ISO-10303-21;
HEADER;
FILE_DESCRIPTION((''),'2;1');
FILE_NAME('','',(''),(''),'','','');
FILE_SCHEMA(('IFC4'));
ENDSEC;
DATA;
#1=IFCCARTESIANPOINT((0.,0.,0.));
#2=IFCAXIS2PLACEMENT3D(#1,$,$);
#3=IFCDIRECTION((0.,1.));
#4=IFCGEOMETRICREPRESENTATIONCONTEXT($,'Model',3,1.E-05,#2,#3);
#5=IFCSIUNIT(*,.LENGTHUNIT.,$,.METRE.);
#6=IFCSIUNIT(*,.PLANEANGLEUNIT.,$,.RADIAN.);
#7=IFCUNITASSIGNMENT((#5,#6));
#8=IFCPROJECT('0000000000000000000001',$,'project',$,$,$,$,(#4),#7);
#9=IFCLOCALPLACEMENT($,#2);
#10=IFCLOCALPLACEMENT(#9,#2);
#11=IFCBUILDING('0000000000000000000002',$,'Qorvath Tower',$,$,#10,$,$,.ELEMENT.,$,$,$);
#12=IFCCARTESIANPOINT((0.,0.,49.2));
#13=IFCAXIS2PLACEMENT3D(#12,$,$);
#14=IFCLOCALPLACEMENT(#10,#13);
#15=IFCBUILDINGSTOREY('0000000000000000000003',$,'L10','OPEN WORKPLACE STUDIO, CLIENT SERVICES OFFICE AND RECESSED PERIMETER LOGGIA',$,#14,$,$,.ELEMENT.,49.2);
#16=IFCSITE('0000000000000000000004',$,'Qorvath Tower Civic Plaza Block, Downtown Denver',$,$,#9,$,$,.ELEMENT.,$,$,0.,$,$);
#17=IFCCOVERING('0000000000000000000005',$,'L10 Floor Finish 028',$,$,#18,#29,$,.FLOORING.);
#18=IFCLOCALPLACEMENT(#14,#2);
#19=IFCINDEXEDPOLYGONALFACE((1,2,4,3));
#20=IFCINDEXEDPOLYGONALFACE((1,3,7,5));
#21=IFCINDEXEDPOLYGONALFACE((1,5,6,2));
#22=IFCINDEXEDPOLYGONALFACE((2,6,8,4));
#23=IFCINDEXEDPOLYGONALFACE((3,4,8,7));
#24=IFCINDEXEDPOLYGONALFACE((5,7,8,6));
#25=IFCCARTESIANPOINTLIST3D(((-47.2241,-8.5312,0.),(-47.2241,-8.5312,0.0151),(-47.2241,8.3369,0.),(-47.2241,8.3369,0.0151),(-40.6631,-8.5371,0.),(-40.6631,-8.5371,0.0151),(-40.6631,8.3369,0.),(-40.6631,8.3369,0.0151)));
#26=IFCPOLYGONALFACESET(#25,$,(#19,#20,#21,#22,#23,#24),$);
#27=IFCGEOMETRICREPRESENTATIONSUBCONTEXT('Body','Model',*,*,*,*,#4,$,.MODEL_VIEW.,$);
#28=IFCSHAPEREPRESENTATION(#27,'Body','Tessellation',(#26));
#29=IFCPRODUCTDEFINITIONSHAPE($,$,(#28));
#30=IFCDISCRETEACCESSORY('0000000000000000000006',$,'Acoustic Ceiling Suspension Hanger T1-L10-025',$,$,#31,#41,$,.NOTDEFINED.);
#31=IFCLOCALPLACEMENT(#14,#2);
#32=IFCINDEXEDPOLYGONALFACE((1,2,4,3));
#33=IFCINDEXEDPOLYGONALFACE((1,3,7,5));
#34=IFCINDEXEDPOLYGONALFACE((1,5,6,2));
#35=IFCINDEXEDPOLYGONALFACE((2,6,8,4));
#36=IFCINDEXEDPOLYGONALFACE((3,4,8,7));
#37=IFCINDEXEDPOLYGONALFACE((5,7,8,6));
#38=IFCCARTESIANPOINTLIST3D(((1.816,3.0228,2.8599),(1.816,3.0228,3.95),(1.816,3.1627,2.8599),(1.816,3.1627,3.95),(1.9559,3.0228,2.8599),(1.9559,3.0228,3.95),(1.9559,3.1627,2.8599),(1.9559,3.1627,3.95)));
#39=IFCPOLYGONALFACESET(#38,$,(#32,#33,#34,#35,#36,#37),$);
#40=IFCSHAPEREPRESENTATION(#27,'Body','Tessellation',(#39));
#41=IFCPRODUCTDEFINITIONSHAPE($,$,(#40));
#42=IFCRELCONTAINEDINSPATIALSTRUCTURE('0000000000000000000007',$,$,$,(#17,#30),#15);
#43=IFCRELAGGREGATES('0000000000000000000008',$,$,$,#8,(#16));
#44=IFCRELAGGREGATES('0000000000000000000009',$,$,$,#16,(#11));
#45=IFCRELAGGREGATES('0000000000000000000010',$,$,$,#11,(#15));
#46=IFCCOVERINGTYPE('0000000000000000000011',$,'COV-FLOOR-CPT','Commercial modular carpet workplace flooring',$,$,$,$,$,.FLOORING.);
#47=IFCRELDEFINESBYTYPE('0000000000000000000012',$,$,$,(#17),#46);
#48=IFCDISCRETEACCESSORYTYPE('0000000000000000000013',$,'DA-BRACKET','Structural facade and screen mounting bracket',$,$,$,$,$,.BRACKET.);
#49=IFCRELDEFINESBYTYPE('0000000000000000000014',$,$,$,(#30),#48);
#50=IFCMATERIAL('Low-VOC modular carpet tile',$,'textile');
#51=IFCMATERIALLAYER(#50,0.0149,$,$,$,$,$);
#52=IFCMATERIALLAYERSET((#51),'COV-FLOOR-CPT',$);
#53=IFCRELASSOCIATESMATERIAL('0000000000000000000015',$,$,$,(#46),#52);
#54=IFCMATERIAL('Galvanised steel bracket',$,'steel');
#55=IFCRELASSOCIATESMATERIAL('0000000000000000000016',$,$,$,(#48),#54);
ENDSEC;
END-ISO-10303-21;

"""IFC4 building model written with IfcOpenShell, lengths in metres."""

from ifc_helpers import new_model, si_unit, direction, frame, origin, origin_2d, place, context, subcontext, project, spatial, polyline, rectangle, outline, extrude, material, layer, layer_set, type_object, element, save


model = new_model("IFC4")

# Units and contexts
model_context = context("Model", 3, precision=1e-05, world=origin(), true_north=direction((0.0, 1.0)))
body_context = subcontext(model_context, "Body", "Model", "MODEL_VIEW")
ifc_project = project(units=[si_unit("LENGTHUNIT", "METRE"), si_unit("PLANEANGLEUNIT", "RADIAN")], contexts=[model_context])

# Site, building, storey
site_placement = place(None, origin())
site = spatial("IfcSite", under=ifc_project, at=site_placement, Name="Qorvath Tower Civic Plaza Block, Downtown Denver", CompositionType="ELEMENT", RefElevation=0.0)
building_placement = place(site_placement, origin())
building = spatial("IfcBuilding", under=site, at=building_placement, Name="Qorvath Tower", CompositionType="ELEMENT")
storey_placement = place(building_placement, frame((0.0, 0.0, 49.2)))
storey = spatial("IfcBuildingStorey", under=building, at=storey_placement, Name="L10", Description="OPEN WORKPLACE STUDIO, CLIENT SERVICES OFFICE AND RECESSED PERIMETER LOGGIA", CompositionType="ELEMENT", Elevation=49.2)

# Covering
ifc_material_1 = material(Name="Low-VOC modular carpet tile", Category="textile")
ifc_layer_1 = layer(ifc_material_1, 0.0149)
ifc_layer_set_1 = layer_set([ifc_layer_1], Name="COV-FLOOR-CPT")
covering_type_1 = type_object("IfcCoveringType", Name="COV-FLOOR-CPT", Description="Commercial modular carpet workplace flooring", PredefinedType="FLOORING", material=ifc_layer_set_1)
covering_1_placement = place(storey_placement, origin())
element("IfcCovering", 1, at=covering_1_placement, inside=storey, type_object=covering_type_1, Name="L10 Floor Finish 028", PredefinedType="FLOORING", context=body_context, shape_type="SweptSolid", body=[
    extrude(outline(polyline([(-40.6631, 8.3369), (-47.2241, 8.3369), (-47.2241, -8.5312), (-40.6631, -8.5371), (-40.6631, 8.3369)])), origin(), (0.0, 0.0, 1.0), 0.0151),
])

# Discrete accessory
ifc_material_2 = material(Name="Galvanised steel bracket", Category="steel")
discrete_accessory_type = type_object("IfcDiscreteAccessoryType", Name="DA-BRACKET", Description="Structural facade and screen mounting bracket", PredefinedType="BRACKET", material=ifc_material_2)
discrete_accessory_placement = place(storey_placement, frame((1.886, 3.0928, 2.8599), z_axis=(0.0, 0.0, 1.0), x_axis=(1.0, 0.0, 0.0)))
element("IfcDiscreteAccessory", 2, at=discrete_accessory_placement, inside=storey, type_object=discrete_accessory_type, Name="Acoustic Ceiling Suspension Hanger T1-L10-025", PredefinedType="NOTDEFINED", context=body_context, shape_type="SweptSolid", body=[
    extrude(rectangle(XDim=0.1399, YDim=0.1399, at=origin_2d()), origin(), (0.0, 0.0, 1.0), 1.0901),
])

save(model, "model.ifc")
